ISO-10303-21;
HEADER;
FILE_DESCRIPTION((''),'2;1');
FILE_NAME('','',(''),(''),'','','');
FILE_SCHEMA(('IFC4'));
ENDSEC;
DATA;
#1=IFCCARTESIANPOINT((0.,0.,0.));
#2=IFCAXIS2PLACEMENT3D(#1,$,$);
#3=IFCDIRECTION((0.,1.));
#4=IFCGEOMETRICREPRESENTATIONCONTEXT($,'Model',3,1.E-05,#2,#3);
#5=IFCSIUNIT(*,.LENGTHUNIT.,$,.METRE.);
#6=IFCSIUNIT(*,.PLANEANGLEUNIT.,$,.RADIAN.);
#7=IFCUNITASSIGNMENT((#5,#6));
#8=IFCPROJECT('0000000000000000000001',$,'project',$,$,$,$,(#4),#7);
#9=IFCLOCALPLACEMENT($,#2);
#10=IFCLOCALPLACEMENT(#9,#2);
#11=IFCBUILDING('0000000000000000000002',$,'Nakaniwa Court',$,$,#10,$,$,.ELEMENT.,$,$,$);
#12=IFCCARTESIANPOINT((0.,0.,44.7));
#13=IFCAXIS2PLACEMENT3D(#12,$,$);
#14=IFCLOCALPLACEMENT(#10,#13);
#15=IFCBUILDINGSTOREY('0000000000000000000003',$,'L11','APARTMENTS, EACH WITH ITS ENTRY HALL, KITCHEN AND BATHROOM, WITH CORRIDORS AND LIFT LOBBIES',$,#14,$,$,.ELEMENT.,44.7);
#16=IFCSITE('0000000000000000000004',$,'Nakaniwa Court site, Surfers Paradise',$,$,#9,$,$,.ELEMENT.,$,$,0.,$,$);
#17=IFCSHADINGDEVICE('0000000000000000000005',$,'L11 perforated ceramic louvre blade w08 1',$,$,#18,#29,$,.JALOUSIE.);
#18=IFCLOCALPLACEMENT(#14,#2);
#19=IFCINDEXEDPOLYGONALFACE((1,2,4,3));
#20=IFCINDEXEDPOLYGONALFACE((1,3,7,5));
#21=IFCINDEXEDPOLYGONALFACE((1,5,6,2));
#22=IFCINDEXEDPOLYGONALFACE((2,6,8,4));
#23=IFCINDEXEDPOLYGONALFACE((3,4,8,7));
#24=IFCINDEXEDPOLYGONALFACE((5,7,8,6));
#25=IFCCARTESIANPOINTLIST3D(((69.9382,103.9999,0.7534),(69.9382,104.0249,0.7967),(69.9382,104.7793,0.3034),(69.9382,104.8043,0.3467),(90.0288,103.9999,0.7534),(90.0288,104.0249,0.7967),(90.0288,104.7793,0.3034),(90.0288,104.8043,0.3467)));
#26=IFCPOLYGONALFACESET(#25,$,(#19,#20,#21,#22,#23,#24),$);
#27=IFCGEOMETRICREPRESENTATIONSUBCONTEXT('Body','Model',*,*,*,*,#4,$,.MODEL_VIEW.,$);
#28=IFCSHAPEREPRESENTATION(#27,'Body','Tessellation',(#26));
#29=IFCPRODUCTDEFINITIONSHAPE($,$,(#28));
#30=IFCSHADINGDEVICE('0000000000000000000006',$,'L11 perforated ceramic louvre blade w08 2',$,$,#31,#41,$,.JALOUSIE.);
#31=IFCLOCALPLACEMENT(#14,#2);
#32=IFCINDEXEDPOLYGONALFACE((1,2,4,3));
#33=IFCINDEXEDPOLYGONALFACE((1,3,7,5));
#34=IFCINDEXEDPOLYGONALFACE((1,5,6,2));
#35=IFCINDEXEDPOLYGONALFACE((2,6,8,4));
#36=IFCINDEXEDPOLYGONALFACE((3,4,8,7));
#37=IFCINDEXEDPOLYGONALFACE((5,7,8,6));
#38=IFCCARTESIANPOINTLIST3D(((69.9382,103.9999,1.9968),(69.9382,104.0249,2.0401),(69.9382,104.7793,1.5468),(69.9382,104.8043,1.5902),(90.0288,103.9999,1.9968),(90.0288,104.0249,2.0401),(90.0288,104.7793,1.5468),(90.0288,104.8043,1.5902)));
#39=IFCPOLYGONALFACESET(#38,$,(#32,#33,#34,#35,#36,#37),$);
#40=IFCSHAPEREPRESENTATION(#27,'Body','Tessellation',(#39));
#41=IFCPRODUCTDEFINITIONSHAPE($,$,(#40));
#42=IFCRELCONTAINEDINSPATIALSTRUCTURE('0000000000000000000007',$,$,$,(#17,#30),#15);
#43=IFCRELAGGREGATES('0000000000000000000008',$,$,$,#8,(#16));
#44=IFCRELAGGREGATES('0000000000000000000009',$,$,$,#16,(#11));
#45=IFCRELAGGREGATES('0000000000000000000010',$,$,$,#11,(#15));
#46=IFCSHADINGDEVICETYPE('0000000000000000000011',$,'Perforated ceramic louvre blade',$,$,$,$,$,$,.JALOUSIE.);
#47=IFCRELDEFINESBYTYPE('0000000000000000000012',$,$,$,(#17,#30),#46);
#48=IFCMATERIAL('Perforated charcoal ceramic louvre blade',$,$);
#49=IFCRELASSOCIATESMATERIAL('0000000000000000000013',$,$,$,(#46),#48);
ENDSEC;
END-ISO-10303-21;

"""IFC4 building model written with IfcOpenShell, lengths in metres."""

from ifc_helpers import new_model, si_unit, direction, frame, origin, origin_2d, place, context, subcontext, project, spatial, rectangle, extrude, material, material_profile, profile_set, type_object, element, save


model = new_model("IFC4")

# Units and contexts
model_context = context("Model", 3, precision=1e-05, world=origin(), true_north=direction((0.0, 1.0)))
body_context = subcontext(model_context, "Body", "Model", "MODEL_VIEW")
ifc_project = project(units=[si_unit("LENGTHUNIT", "METRE"), si_unit("PLANEANGLEUNIT", "RADIAN")], contexts=[model_context])

# Site, building, storey
site_placement = place(None, origin())
site = spatial("IfcSite", under=ifc_project, at=site_placement, Name="Nakaniwa Court site, Surfers Paradise", CompositionType="ELEMENT", RefElevation=0.0)
building_placement = place(site_placement, origin())
building = spatial("IfcBuilding", under=site, at=building_placement, Name="Nakaniwa Court", CompositionType="ELEMENT")
storey_placement = place(building_placement, frame((0.0, 0.0, 44.7)))
storey = spatial("IfcBuildingStorey", under=building, at=storey_placement, Name="L11", Description="APARTMENTS, EACH WITH ITS ENTRY HALL, KITCHEN AND BATHROOM, WITH CORRIDORS AND LIFT LOBBIES", CompositionType="ELEMENT", Elevation=44.7)

# Shading devices
ifc_material_1 = material(Name="Perforated charcoal ceramic louvre blade")
ifc_material_profile_1 = material_profile(ifc_material_1, rectangle(XDim=0.8999, YDim=0.05, at=origin_2d()), Name="Perforated ceramic louvre blade")
ifc_profile_set_1 = profile_set([ifc_material_profile_1], Name="Perforated charcoal ceramic louvre blade")
shading_device_type = type_object("IfcShadingDeviceType", Name="Perforated ceramic louvre blade", PredefinedType="JALOUSIE", material=ifc_profile_set_1)
for number, where, z_axis, x_axis, name in (
    (1, (90.0288, 104.4021, 0.55), (-1.0, 0.0, 0.0), (0.0, -0.866025, 0.5), "L11 perforated ceramic louvre blade w08 1"),
    (2, (90.0288, 104.4021, 1.7935), (-1.0, 0.0, 0.0), (0.0, -0.866025, 0.5), "L11 perforated ceramic louvre blade w08 2"),
):
    element("IfcShadingDevice", number, at=place(storey_placement, frame(where, z_axis=z_axis, x_axis=x_axis)), inside=storey, type_object=shading_device_type, Name=name, PredefinedType="JALOUSIE", context=body_context, shape_type="SweptSolid", body=[
        extrude(rectangle(XDim=0.8999, YDim=0.05, at=origin_2d()), origin(), (0.0, 0.0, 1.0), 20.0906),
    ])

save(model, "model.ifc")
